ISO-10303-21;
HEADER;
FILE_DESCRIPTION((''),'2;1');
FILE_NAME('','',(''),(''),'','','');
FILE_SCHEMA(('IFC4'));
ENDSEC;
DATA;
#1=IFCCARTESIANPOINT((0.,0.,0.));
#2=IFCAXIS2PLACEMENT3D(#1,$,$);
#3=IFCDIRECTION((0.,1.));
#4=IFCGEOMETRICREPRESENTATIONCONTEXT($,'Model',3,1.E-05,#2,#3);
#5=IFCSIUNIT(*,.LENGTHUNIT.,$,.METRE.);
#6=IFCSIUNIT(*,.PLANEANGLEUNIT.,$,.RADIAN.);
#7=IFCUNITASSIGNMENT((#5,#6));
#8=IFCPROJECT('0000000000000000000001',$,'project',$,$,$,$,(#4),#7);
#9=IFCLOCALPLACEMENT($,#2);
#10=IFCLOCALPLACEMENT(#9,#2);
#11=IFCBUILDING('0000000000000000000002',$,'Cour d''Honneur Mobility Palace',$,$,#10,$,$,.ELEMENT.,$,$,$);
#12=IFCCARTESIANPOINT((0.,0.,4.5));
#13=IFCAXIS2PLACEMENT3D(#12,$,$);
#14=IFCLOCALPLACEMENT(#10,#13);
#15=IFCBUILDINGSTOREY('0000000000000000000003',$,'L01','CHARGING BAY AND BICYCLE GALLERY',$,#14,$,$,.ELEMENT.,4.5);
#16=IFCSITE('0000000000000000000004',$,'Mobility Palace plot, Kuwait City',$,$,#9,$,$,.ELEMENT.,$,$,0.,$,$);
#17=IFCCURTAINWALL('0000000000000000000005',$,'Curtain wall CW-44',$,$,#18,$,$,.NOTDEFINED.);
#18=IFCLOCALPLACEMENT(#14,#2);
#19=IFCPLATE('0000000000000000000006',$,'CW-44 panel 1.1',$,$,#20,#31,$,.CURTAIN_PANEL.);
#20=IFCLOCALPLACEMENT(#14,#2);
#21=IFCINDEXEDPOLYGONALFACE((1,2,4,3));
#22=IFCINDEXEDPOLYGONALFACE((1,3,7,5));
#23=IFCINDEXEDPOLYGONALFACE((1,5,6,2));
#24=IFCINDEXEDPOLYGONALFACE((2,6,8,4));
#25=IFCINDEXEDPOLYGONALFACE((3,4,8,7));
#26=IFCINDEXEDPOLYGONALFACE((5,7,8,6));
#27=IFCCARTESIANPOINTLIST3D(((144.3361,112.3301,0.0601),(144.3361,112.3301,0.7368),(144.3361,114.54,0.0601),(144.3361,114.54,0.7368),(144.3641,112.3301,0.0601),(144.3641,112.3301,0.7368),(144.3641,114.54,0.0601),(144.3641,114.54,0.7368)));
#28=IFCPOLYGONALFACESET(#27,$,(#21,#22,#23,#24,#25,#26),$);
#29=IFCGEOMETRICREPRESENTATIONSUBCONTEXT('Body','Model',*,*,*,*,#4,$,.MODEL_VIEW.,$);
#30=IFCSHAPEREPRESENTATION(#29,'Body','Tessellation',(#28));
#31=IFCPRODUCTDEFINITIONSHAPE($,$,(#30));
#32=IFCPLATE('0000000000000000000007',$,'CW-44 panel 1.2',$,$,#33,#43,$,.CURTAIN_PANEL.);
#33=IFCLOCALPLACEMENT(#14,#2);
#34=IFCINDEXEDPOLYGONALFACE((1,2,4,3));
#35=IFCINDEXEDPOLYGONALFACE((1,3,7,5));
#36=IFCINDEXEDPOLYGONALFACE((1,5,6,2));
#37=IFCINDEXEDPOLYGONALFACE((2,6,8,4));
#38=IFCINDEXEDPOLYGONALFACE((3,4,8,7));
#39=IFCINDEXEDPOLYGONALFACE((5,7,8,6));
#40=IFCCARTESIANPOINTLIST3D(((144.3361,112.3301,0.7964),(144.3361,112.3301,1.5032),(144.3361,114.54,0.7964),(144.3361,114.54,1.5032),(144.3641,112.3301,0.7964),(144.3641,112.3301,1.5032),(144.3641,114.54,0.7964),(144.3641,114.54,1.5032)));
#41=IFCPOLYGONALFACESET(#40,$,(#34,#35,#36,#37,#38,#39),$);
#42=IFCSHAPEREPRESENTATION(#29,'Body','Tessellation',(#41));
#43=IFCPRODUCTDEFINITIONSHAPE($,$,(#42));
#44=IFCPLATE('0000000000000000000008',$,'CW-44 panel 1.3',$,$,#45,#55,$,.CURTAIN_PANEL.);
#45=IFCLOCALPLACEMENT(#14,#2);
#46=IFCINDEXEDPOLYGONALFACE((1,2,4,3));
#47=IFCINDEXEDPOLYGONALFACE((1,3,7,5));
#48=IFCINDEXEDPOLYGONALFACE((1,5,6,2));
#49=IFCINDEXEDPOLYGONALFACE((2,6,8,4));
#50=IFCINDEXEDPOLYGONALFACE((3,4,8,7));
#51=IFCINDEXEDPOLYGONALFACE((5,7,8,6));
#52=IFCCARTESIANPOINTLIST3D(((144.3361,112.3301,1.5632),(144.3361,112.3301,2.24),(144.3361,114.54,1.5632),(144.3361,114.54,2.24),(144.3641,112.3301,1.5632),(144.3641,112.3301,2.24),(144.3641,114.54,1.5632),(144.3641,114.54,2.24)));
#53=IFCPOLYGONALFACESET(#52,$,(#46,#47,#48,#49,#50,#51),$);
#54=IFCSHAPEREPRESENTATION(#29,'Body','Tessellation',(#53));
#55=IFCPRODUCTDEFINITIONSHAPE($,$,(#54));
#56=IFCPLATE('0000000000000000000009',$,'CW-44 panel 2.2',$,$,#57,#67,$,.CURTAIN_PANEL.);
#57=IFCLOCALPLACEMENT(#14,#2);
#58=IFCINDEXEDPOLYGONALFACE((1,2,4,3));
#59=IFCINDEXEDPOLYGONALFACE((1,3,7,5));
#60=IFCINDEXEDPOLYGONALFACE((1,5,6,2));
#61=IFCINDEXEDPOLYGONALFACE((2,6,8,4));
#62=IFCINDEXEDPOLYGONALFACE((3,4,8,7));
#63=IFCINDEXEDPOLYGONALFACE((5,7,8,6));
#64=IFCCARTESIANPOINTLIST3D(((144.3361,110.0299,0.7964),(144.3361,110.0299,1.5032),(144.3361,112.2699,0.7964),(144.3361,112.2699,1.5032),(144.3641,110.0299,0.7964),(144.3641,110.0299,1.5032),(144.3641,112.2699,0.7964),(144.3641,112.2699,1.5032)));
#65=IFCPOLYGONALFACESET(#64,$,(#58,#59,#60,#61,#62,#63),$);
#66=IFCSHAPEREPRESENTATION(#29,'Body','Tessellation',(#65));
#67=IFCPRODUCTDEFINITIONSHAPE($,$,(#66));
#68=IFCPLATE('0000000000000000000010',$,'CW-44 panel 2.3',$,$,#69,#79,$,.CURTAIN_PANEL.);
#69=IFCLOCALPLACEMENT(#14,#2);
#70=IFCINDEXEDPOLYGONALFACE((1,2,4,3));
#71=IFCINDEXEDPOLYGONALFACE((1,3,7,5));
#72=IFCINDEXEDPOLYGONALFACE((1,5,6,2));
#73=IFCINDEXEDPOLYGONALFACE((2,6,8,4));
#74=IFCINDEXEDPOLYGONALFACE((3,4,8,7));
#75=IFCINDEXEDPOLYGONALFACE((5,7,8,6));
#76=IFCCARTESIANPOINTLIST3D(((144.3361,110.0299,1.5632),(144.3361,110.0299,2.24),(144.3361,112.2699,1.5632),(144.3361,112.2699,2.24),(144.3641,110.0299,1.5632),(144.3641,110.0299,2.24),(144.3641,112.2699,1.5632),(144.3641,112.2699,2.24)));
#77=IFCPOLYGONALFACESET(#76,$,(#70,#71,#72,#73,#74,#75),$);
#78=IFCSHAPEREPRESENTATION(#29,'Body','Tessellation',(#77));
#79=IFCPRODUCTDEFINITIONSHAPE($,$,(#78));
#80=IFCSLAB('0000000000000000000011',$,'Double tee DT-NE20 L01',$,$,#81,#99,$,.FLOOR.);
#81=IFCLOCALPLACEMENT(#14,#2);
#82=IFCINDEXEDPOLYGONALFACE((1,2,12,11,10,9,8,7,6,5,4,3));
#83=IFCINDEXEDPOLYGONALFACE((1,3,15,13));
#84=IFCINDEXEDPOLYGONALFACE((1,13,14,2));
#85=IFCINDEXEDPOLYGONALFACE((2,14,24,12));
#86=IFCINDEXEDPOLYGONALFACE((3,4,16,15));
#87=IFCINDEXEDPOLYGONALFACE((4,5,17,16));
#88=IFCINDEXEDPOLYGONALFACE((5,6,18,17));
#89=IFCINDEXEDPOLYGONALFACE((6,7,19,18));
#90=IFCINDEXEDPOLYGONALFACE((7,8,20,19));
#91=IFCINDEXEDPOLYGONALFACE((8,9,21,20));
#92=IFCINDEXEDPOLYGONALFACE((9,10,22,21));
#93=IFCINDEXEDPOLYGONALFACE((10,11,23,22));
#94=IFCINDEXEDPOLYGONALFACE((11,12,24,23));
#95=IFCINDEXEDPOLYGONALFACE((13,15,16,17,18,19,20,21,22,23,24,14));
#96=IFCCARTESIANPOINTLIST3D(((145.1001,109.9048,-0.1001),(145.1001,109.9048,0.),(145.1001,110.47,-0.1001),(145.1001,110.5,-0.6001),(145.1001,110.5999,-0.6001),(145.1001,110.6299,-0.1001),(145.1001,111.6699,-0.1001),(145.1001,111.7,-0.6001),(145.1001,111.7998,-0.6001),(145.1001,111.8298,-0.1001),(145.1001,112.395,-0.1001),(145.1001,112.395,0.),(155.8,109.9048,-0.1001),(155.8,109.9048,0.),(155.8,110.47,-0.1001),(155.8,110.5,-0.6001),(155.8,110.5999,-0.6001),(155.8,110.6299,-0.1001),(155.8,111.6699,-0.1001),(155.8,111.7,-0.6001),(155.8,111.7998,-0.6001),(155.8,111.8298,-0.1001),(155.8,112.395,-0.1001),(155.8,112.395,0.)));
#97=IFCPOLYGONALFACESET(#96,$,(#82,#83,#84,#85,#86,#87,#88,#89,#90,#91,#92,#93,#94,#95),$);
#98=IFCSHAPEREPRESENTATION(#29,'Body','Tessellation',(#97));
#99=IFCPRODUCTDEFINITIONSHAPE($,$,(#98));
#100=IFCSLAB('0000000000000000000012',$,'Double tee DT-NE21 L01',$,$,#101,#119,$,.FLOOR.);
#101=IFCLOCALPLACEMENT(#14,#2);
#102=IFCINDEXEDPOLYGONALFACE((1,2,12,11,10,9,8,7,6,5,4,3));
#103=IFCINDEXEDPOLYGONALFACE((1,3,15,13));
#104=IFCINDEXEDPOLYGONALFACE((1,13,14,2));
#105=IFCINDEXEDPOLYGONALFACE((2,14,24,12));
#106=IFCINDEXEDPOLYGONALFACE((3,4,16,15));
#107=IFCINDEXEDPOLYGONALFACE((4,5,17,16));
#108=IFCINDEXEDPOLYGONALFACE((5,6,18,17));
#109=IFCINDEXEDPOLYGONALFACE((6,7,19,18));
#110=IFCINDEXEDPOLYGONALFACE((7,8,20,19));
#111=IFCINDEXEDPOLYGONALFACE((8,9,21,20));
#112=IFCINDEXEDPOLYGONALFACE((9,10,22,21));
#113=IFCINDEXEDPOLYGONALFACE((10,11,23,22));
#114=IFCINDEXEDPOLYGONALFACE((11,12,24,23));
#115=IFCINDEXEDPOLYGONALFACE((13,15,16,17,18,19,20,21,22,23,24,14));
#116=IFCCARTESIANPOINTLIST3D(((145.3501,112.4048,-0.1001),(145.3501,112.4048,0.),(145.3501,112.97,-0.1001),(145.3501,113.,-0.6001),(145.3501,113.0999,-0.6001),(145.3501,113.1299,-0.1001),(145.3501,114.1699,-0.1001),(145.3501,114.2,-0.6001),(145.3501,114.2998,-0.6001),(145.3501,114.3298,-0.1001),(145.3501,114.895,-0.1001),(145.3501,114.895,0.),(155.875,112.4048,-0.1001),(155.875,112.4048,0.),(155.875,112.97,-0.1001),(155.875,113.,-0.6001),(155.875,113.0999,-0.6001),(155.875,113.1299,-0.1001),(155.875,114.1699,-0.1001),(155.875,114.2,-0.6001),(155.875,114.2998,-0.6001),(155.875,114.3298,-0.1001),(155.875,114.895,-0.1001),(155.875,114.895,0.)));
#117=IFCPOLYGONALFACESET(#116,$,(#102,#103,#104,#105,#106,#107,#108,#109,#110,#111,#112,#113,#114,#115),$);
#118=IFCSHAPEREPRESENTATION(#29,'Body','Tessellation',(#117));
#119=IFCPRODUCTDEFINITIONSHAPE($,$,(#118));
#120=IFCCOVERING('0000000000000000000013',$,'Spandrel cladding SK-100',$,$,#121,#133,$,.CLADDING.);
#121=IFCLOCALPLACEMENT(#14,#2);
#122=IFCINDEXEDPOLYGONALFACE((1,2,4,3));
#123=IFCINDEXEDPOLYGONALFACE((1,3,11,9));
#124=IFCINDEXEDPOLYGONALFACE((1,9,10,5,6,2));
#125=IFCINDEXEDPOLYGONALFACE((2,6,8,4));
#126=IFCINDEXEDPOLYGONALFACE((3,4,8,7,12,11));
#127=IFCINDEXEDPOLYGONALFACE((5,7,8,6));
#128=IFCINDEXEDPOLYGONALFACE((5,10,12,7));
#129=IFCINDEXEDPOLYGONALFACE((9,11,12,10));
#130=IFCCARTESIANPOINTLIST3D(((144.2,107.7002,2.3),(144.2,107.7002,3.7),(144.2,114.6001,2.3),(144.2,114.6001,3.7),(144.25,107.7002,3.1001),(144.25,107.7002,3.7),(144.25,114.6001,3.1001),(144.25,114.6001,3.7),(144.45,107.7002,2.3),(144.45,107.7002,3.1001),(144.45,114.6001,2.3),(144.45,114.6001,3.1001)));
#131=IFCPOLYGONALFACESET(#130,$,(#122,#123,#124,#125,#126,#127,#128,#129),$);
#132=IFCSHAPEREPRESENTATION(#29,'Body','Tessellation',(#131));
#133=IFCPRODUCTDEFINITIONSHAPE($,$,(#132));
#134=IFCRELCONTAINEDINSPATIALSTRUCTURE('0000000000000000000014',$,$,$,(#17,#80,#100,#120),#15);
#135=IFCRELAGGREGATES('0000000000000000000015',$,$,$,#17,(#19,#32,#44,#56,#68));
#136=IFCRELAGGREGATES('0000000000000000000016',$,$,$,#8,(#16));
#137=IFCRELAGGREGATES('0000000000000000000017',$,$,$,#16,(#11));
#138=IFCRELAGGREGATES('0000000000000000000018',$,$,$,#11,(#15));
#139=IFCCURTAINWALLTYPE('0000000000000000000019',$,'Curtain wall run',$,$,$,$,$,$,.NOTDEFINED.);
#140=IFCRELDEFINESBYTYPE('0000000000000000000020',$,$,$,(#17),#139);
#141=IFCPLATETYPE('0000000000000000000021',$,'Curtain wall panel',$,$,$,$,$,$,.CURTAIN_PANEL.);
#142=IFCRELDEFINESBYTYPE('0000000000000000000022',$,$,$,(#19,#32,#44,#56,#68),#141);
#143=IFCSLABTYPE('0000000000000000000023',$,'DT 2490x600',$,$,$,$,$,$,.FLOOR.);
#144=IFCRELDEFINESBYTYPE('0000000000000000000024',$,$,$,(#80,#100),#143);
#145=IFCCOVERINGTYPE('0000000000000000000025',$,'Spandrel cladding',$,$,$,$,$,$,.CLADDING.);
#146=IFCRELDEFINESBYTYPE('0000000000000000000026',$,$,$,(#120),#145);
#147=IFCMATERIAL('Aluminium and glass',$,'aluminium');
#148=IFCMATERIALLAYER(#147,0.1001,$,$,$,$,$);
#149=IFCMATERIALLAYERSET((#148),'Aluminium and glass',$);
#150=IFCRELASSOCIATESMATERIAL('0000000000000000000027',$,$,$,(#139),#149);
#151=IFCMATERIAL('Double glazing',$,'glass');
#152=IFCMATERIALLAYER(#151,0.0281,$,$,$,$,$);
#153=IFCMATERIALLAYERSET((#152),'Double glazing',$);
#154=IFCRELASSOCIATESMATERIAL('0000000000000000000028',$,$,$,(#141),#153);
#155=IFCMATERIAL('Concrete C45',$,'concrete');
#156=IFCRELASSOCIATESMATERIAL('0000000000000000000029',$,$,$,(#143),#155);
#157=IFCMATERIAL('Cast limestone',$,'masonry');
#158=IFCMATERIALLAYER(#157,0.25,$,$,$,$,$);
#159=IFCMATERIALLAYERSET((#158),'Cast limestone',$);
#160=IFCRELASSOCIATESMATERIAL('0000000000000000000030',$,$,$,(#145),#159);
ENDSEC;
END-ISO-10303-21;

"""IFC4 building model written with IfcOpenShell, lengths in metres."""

from ifc_helpers import new_model, si_unit, direction, frame, origin, origin_2d, place, context, subcontext, project, spatial, polyline, rectangle, outline, extrude, material, layer, layer_set, material_profile, profile_set, type_object, element, aggregate, save


model = new_model("IFC4")

# Units and contexts
model_context = context("Model", 3, precision=1e-05, world=origin(), true_north=direction((0.0, 1.0)))
body_context = subcontext(model_context, "Body", "Model", "MODEL_VIEW")
ifc_project = project(units=[si_unit("LENGTHUNIT", "METRE"), si_unit("PLANEANGLEUNIT", "RADIAN")], contexts=[model_context])

# Site, building, storey
site_placement = place(None, origin())
site = spatial("IfcSite", under=ifc_project, at=site_placement, Name="Mobility Palace plot, Kuwait City", CompositionType="ELEMENT", RefElevation=0.0)
building_placement = place(site_placement, origin())
building = spatial("IfcBuilding", under=site, at=building_placement, Name="Cour d'Honneur Mobility Palace", CompositionType="ELEMENT")
storey_placement = place(building_placement, frame((0.0, 0.0, 4.5)))
storey = spatial("IfcBuildingStorey", under=building, at=storey_placement, Name="L01", Description="CHARGING BAY AND BICYCLE GALLERY", CompositionType="ELEMENT", Elevation=4.5)

# Curtain wall
ifc_material_1 = material(Name="Aluminium and glass", Category="aluminium")
ifc_layer_1 = layer(ifc_material_1, 0.1001)
ifc_layer_set_1 = layer_set([ifc_layer_1], Name="Aluminium and glass")
curtain_wall_type = type_object("IfcCurtainWallType", Name="Curtain wall run", PredefinedType="NOTDEFINED", material=ifc_layer_set_1)
curtain_wall_placement = place(storey_placement, origin())
curtain_wall = element("IfcCurtainWall", 1, at=curtain_wall_placement, inside=storey, type_object=curtain_wall_type, Name="Curtain wall CW-44", PredefinedType="NOTDEFINED")

# Plates
ifc_material_2 = material(Name="Double glazing", Category="glass")
ifc_layer_2 = layer(ifc_material_2, 0.0281)
ifc_layer_set_2 = layer_set([ifc_layer_2], Name="Double glazing")
plate_type = type_object("IfcPlateType", Name="Curtain wall panel", PredefinedType="CURTAIN_PANEL", material=ifc_layer_set_2)
plate_1_placement = place(storey_placement, frame((144.3501, 113.4351, 0.0601), z_axis=(0.0, 0.0, 1.0), x_axis=(0.0, -1.0, 0.0)))
plate_1 = element("IfcPlate", 2, at=plate_1_placement, type_object=plate_type, Name="CW-44 panel 1.1", PredefinedType="CURTAIN_PANEL", context=body_context, shape_type="SweptSolid", body=[
    extrude(rectangle(XDim=2.21, YDim=0.0281, at=origin_2d()), origin(), (0.0, 0.0, 1.0), 0.6768),
])
plate_2_placement = place(storey_placement, frame((144.3501, 113.4351, 0.7964), z_axis=(0.0, 0.0, 1.0), x_axis=(0.0, -1.0, 0.0)))
plate_2 = element("IfcPlate", 3, at=plate_2_placement, type_object=plate_type, Name="CW-44 panel 1.2", PredefinedType="CURTAIN_PANEL", context=body_context, shape_type="SweptSolid", body=[
    extrude(rectangle(XDim=2.21, YDim=0.0281, at=origin_2d()), origin(), (0.0, 0.0, 1.0), 0.7068),
])
plate_3_placement = place(storey_placement, frame((144.3501, 113.4351, 1.5632), z_axis=(0.0, 0.0, 1.0), x_axis=(0.0, -1.0, 0.0)))
plate_3 = element("IfcPlate", 4, at=plate_3_placement, type_object=plate_type, Name="CW-44 panel 1.3", PredefinedType="CURTAIN_PANEL", context=body_context, shape_type="SweptSolid", body=[
    extrude(rectangle(XDim=2.21, YDim=0.0281, at=origin_2d()), origin(), (0.0, 0.0, 1.0), 0.6768),
])
plate_4_placement = place(storey_placement, frame((144.3501, 111.1499, 0.7964), z_axis=(0.0, 0.0, 1.0), x_axis=(0.0, -1.0, 0.0)))
plate_4 = element("IfcPlate", 5, at=plate_4_placement, type_object=plate_type, Name="CW-44 panel 2.2", PredefinedType="CURTAIN_PANEL", context=body_context, shape_type="SweptSolid", body=[
    extrude(rectangle(XDim=2.24, YDim=0.0281, at=origin_2d()), origin(), (0.0, 0.0, 1.0), 0.7068),
])
plate_5_placement = place(storey_placement, frame((144.3501, 111.1499, 1.5632), z_axis=(0.0, 0.0, 1.0), x_axis=(0.0, -1.0, 0.0)))
plate_5 = element("IfcPlate", 6, at=plate_5_placement, type_object=plate_type, Name="CW-44 panel 2.3", PredefinedType="CURTAIN_PANEL", context=body_context, shape_type="SweptSolid", body=[
    extrude(rectangle(XDim=2.24, YDim=0.0281, at=origin_2d()), origin(), (0.0, 0.0, 1.0), 0.6768),
])
aggregate(curtain_wall, [plate_1, plate_2, plate_3, plate_4, plate_5])

# Slabs
ifc_material_3 = material(Name="Concrete C45", Category="concrete")
ifc_material_profile_1 = material_profile(ifc_material_3, outline(polyline([(-1.2451, 0.0), (1.2451, 0.0), (1.2451, -0.1001), (0.6799, -0.1001), (0.6499, -0.6001), (0.55, -0.6001), (0.52, -0.1001), (-0.52, -0.1001), (-0.55, -0.6001), (-0.6499, -0.6001), (-0.6799, -0.1001), (-1.2451, -0.1001), (-1.2451, 0.0)])), Name="DT 2490x600")
ifc_profile_set_1 = profile_set([ifc_material_profile_1], Name="Concrete C45")
slab_type = type_object("IfcSlabType", Name="DT 2490x600", PredefinedType="FLOOR", material=ifc_profile_set_1)
slab_1_placement = place(storey_placement, frame((145.1001, 111.1499, 0.0), z_axis=(1.0, 0.0, 0.0), x_axis=(0.0, 1.0, 0.0)))
element("IfcSlab", 7, at=slab_1_placement, inside=storey, type_object=slab_type, Name="Double tee DT-NE20 L01", PredefinedType="FLOOR", context=body_context, shape_type="SweptSolid", body=[
    extrude(outline(polyline([(-1.2451, 0.0), (1.2451, 0.0), (1.2451, -0.1001), (0.6799, -0.1001), (0.6499, -0.6001), (0.55, -0.6001), (0.52, -0.1001), (-0.52, -0.1001), (-0.55, -0.6001), (-0.6499, -0.6001), (-0.6799, -0.1001), (-1.2451, -0.1001), (-1.2451, 0.0)])), origin(), (0.0, 0.0, 1.0), 10.7),
])
slab_2_placement = place(storey_placement, frame((145.3501, 113.6499, 0.0), z_axis=(1.0, 0.0, 0.0), x_axis=(0.0, 1.0, 0.0)))
element("IfcSlab", 8, at=slab_2_placement, inside=storey, type_object=slab_type, Name="Double tee DT-NE21 L01", PredefinedType="FLOOR", context=body_context, shape_type="SweptSolid", body=[
    extrude(outline(polyline([(-1.2451, 0.0), (1.2451, 0.0), (1.2451, -0.1001), (0.6799, -0.1001), (0.6499, -0.6001), (0.55, -0.6001), (0.52, -0.1001), (-0.52, -0.1001), (-0.55, -0.6001), (-0.6499, -0.6001), (-0.6799, -0.1001), (-1.2451, -0.1001), (-1.2451, 0.0)])), origin(), (0.0, 0.0, 1.0), 10.5249),
])

# Covering
ifc_material_4 = material(Name="Cast limestone", Category="masonry")
ifc_layer_3 = layer(ifc_material_4, 0.25)
ifc_layer_set_3 = layer_set([ifc_layer_3], Name="Cast limestone")
covering_type = type_object("IfcCoveringType", Name="Spandrel cladding", PredefinedType="CLADDING", material=ifc_layer_set_3)
covering_placement = place(storey_placement, frame((144.45, 114.6001, 2.3), z_axis=(0.0, 1.0, 0.0), x_axis=(-1.0, 0.0, 0.0)))
element("IfcCovering", 9, at=covering_placement, inside=storey, type_object=covering_type, Name="Spandrel cladding SK-100", PredefinedType="CLADDING", context=body_context, shape_type="SweptSolid", body=[
    extrude(outline(polyline([(0.0, 0.0), (0.25, 0.0), (0.25, 1.3999), (0.2, 1.3999), (0.2, 0.8), (0.0, 0.8), (0.0, 0.0)])), origin(), (0.0, 0.0, -1.0), 6.8999),
])

save(model, "model.ifc")
